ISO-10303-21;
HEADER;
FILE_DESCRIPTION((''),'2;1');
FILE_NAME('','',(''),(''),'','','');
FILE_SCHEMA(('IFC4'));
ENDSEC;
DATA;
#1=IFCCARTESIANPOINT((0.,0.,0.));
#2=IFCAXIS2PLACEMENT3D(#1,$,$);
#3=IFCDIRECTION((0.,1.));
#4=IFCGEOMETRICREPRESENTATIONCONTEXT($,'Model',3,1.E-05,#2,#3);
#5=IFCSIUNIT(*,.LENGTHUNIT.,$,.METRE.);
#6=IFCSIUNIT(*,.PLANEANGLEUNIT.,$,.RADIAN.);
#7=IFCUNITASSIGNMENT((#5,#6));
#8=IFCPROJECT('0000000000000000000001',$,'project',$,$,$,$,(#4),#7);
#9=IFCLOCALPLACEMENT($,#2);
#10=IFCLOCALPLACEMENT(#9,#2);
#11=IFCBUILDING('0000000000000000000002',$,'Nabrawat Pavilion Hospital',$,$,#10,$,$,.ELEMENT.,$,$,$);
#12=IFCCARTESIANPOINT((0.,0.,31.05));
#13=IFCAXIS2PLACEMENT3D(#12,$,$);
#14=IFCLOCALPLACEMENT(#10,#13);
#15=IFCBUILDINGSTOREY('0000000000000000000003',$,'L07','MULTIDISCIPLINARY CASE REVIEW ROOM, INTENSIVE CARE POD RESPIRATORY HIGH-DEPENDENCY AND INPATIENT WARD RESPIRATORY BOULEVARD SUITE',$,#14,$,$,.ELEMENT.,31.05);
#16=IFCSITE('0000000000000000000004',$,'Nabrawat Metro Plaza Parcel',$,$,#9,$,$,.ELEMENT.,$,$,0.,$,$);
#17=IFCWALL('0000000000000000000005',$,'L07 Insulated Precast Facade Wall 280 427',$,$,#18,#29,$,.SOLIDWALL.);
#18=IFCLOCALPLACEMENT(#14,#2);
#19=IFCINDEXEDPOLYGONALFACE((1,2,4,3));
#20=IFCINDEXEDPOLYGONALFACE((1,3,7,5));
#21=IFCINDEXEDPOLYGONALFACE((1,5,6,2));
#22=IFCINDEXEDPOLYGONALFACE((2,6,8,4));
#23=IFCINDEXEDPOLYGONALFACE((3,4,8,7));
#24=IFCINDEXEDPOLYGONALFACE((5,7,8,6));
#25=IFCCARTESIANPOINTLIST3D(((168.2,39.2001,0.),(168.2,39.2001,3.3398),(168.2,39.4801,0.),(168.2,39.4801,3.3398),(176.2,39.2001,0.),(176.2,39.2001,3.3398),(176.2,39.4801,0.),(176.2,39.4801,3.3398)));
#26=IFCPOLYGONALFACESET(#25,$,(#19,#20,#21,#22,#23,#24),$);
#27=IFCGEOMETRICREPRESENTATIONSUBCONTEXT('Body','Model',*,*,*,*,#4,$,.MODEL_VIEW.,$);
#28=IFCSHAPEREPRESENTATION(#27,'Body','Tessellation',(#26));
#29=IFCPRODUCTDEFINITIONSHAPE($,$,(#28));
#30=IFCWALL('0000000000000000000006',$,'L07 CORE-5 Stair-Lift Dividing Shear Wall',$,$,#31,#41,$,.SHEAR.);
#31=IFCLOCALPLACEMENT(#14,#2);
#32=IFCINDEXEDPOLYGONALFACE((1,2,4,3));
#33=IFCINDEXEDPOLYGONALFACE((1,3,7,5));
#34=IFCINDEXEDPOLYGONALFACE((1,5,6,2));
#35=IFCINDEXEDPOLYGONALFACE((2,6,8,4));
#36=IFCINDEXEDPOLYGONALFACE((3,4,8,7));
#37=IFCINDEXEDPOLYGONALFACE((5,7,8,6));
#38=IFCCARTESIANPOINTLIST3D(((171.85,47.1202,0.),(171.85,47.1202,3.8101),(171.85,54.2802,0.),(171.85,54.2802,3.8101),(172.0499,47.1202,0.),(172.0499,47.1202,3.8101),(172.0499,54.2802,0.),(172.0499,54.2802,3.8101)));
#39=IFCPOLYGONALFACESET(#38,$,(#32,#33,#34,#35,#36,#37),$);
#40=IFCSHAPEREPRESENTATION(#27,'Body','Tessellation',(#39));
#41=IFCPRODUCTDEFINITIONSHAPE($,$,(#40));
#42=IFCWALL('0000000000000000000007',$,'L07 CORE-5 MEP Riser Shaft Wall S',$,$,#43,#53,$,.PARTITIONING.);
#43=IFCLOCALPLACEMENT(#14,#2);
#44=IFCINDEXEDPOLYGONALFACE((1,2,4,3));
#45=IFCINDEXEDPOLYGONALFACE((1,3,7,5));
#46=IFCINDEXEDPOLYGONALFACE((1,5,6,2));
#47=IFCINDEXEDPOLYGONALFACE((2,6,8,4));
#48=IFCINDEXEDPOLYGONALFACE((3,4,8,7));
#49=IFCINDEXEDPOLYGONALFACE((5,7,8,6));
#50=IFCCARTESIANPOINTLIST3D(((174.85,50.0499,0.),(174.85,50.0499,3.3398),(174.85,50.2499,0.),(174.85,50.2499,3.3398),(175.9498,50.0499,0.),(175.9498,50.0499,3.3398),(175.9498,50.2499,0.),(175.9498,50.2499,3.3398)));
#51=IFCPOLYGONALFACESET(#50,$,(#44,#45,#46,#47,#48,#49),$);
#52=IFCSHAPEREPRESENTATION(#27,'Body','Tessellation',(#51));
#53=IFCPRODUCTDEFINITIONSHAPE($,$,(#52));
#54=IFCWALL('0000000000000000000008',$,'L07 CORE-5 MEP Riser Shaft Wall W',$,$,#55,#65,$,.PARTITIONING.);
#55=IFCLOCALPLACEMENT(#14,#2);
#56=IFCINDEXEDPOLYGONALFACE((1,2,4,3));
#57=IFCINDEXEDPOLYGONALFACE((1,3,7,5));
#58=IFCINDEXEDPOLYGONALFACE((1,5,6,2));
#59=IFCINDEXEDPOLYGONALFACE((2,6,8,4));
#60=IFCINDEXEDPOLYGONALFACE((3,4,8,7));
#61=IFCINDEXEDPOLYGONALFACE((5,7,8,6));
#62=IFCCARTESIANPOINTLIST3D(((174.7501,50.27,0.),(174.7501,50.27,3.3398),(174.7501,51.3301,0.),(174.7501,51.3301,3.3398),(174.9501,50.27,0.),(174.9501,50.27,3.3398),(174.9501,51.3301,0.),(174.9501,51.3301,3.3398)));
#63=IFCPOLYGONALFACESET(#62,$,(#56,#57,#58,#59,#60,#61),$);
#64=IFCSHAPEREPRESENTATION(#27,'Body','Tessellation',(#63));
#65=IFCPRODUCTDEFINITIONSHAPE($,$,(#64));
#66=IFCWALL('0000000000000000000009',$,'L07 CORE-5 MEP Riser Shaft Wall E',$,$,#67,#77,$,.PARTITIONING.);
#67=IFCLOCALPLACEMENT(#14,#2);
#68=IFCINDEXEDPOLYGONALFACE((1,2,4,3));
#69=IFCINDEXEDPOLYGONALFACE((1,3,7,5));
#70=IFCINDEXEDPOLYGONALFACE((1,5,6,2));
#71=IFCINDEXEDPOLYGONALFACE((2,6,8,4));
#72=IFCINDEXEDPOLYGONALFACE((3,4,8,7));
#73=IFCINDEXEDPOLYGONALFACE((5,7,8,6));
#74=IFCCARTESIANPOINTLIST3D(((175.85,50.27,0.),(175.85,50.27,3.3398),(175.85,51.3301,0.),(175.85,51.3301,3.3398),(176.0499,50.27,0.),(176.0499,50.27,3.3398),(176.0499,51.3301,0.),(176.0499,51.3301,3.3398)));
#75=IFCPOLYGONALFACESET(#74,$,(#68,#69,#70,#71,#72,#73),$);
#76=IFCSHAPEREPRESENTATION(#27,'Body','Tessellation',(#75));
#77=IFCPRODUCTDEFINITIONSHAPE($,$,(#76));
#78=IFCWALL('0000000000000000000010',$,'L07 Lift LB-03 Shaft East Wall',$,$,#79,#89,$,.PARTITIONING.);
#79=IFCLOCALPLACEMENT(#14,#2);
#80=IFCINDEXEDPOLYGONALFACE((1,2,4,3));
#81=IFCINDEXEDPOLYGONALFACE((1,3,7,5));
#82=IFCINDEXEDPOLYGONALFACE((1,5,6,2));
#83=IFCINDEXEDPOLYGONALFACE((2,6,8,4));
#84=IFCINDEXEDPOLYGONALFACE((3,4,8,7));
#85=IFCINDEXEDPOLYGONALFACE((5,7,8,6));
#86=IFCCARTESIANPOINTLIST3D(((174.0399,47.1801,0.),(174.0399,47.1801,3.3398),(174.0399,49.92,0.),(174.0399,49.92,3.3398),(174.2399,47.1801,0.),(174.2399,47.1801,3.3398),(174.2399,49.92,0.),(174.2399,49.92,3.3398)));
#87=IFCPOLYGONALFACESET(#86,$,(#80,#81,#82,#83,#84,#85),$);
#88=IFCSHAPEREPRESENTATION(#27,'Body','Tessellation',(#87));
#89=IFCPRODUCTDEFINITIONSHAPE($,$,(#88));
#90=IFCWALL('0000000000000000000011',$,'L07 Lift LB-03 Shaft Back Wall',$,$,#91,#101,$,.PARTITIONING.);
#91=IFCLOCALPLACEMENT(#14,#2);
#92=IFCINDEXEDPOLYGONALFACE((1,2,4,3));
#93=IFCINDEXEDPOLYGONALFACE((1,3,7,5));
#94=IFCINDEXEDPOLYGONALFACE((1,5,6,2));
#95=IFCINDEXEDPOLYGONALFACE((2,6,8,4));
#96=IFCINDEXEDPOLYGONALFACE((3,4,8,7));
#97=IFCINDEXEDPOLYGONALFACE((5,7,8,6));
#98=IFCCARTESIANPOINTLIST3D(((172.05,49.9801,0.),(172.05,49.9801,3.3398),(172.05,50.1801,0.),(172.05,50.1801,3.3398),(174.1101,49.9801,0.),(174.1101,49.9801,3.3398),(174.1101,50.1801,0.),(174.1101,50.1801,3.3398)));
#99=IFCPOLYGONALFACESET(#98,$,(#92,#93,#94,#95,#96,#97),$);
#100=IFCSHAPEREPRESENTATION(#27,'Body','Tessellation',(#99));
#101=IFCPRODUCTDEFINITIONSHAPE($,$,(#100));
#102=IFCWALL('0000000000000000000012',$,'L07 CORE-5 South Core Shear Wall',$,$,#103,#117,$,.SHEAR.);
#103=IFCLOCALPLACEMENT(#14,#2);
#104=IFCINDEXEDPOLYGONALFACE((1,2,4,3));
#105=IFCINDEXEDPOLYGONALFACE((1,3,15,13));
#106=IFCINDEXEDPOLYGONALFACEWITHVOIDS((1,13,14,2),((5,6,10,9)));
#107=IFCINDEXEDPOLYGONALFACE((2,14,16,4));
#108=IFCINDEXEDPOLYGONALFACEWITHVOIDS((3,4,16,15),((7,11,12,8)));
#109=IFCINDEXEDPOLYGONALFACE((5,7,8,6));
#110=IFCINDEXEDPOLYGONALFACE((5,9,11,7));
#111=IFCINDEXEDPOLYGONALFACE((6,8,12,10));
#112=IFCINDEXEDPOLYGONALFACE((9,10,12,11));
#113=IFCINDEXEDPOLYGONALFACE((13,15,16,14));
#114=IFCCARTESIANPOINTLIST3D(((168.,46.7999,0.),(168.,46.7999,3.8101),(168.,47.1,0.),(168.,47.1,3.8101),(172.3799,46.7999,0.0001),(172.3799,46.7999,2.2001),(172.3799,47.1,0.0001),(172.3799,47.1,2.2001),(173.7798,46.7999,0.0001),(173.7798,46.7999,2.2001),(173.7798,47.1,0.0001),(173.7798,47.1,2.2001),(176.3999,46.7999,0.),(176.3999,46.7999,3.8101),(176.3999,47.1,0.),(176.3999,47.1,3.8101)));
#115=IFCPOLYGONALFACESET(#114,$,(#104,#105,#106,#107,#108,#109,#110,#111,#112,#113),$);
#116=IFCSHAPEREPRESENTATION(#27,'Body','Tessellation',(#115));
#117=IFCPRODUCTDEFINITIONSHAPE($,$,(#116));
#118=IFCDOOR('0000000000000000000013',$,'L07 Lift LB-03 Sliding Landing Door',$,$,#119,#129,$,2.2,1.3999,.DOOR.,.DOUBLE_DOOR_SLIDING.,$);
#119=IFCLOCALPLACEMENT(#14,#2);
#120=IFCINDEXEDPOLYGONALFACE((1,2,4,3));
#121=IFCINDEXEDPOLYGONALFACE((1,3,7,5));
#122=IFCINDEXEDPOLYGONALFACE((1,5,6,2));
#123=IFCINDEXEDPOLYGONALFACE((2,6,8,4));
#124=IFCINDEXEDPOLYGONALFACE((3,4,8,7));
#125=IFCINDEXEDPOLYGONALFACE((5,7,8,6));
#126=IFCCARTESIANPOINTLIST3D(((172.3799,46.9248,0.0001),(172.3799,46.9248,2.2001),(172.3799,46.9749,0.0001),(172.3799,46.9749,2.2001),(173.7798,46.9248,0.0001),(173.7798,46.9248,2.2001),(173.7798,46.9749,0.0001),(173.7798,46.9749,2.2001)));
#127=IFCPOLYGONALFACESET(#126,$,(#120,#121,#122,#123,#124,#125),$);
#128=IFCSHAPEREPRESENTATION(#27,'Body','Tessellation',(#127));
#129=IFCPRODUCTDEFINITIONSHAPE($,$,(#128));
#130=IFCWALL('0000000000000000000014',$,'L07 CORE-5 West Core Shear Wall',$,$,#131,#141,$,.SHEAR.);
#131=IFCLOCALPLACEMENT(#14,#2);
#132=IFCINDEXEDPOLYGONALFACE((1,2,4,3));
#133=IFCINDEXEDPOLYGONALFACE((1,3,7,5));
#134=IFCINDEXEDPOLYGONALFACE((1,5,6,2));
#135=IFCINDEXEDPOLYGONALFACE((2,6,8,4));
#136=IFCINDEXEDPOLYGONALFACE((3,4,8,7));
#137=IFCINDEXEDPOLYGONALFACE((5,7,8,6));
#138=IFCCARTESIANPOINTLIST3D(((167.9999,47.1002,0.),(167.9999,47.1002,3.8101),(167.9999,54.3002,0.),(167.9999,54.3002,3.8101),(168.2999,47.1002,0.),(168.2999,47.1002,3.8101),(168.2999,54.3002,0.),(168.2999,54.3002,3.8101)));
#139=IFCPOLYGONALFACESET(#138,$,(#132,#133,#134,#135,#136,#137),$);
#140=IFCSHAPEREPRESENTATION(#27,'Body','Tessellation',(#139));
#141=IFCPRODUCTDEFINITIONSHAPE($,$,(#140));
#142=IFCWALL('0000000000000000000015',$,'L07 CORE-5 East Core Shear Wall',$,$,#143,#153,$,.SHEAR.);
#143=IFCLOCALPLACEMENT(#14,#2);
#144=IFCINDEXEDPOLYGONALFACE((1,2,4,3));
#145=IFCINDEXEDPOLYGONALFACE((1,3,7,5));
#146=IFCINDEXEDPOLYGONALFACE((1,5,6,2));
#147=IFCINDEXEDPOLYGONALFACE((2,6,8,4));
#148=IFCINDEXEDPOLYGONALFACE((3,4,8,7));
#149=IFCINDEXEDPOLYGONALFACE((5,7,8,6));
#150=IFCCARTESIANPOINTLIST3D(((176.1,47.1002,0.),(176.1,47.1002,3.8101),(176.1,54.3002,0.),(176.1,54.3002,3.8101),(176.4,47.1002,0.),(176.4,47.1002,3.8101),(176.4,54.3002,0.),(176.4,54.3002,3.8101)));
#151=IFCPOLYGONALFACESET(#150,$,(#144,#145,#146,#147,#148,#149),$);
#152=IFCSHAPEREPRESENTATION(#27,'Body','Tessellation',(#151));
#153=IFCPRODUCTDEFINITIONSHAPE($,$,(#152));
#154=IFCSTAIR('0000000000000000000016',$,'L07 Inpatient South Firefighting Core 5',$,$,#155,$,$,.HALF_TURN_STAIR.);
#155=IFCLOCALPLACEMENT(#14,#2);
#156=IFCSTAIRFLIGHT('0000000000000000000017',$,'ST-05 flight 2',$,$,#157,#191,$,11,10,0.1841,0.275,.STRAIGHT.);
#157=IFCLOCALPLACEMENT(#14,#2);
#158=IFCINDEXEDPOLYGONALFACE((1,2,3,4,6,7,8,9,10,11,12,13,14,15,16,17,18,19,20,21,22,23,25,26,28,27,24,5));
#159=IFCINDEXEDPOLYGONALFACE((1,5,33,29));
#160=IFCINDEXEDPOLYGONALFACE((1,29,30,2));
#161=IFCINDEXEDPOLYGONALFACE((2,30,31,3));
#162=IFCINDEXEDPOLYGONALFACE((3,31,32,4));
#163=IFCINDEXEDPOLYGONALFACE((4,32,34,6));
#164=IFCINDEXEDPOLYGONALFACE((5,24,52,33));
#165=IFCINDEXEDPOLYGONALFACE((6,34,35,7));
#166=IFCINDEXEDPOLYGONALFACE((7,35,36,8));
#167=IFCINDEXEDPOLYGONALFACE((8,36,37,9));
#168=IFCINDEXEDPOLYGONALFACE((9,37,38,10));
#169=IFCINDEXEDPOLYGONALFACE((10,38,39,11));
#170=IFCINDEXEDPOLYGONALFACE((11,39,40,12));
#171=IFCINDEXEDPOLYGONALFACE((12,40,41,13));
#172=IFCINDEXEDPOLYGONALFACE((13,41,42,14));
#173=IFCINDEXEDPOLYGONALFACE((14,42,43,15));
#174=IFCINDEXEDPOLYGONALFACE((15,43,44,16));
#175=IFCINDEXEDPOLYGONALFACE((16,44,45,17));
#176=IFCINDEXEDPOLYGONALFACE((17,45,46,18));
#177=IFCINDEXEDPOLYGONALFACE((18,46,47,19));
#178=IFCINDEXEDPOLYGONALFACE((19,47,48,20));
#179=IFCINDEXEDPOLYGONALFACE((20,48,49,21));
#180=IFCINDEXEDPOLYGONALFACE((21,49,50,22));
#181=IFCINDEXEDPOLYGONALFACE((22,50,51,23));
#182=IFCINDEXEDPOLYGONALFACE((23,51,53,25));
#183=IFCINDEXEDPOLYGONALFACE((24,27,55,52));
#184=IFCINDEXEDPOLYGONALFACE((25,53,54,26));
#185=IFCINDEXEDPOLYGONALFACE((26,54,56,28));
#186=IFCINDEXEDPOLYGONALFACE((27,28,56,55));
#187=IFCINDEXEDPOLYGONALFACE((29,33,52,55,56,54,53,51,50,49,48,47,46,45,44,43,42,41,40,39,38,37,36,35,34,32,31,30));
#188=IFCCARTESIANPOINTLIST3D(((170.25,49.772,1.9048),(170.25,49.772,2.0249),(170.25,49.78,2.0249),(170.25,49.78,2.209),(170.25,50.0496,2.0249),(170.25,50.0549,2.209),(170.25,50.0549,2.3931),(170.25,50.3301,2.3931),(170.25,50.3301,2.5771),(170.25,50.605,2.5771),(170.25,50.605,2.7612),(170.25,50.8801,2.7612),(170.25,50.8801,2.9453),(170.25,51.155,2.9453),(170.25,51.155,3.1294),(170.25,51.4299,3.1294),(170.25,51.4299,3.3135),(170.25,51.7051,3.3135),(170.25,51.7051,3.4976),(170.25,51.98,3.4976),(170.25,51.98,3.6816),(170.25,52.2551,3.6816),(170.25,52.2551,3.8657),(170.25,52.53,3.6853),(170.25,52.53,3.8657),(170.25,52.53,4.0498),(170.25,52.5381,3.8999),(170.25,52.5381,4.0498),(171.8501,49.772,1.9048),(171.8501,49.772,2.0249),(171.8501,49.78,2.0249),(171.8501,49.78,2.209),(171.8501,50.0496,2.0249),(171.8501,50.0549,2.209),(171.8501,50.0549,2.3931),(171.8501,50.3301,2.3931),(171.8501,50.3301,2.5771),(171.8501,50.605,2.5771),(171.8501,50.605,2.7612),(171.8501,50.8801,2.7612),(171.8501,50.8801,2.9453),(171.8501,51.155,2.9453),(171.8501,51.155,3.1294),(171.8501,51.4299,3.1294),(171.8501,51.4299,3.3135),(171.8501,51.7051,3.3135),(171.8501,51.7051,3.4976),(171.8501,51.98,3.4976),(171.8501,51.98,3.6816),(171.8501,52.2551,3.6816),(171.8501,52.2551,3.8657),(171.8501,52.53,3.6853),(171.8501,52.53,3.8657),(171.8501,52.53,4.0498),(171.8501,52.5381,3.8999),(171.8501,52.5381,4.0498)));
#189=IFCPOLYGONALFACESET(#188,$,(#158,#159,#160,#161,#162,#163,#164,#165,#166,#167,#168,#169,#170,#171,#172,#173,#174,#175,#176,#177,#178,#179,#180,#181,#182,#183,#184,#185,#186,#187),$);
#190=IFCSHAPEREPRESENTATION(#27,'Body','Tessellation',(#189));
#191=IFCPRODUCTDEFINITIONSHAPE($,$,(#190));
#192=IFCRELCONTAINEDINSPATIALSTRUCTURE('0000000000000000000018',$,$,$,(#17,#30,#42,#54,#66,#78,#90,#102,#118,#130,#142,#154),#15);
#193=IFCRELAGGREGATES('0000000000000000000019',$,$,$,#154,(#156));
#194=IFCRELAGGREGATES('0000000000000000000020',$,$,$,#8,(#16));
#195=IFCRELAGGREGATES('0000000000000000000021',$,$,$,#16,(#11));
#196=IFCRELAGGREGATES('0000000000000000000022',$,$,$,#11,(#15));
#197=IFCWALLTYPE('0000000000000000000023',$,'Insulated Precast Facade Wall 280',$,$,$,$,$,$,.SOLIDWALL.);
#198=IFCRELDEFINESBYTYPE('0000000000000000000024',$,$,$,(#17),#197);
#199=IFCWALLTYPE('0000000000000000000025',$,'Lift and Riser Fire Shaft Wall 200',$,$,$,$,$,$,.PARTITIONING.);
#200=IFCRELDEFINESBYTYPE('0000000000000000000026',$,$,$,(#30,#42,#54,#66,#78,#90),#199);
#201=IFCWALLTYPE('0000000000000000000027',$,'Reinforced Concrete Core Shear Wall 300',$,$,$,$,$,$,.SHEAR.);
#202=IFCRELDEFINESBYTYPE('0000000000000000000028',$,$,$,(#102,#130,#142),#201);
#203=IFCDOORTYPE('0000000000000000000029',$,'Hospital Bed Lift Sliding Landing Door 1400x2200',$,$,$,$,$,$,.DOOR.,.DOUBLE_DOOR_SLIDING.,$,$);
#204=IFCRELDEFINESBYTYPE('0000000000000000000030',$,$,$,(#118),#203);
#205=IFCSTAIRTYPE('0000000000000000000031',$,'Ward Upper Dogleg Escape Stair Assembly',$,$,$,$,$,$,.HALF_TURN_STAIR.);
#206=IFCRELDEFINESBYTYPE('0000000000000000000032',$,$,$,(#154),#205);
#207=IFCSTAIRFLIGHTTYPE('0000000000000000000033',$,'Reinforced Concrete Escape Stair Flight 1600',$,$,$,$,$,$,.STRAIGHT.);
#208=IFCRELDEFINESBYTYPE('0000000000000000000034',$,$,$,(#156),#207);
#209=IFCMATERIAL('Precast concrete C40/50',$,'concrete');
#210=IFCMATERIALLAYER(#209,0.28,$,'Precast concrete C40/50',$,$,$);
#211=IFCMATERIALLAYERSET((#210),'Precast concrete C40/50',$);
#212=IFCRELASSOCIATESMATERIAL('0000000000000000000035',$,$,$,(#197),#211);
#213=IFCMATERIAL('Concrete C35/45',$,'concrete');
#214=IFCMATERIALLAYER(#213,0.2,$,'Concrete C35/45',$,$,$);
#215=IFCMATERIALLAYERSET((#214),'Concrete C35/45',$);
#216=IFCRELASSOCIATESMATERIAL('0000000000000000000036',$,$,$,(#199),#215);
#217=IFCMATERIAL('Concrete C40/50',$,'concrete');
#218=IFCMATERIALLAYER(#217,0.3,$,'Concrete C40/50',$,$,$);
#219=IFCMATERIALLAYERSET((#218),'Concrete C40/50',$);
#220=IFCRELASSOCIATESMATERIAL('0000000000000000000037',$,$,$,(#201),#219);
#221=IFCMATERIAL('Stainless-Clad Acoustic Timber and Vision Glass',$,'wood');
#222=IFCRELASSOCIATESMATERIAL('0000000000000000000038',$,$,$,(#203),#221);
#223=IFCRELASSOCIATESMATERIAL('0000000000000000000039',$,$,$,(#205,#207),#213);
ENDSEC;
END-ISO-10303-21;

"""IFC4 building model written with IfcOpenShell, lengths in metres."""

from ifc_helpers import new_model, si_unit, direction, frame, frame_2d, origin, place, context, subcontext, project, spatial, polyline, rectangle, outline, extrude, material, layer, layer_set, type_object, element, fill, aggregate, save


model = new_model("IFC4")

# Units and contexts
model_context = context("Model", 3, precision=1e-05, world=origin(), true_north=direction((0.0, 1.0)))
body_context = subcontext(model_context, "Body", "Model", "MODEL_VIEW")
ifc_project = project(units=[si_unit("LENGTHUNIT", "METRE"), si_unit("PLANEANGLEUNIT", "RADIAN")], contexts=[model_context])

# Site, building, storey
site_placement = place(None, origin())
site = spatial("IfcSite", under=ifc_project, at=site_placement, Name="Nabrawat Metro Plaza Parcel", CompositionType="ELEMENT", RefElevation=0.0)
building_placement = place(site_placement, origin())
building = spatial("IfcBuilding", under=site, at=building_placement, Name="Nabrawat Pavilion Hospital", CompositionType="ELEMENT")
storey_placement = place(building_placement, frame((0.0, 0.0, 31.05)))
storey = spatial("IfcBuildingStorey", under=building, at=storey_placement, Name="L07", Description="MULTIDISCIPLINARY CASE REVIEW ROOM, INTENSIVE CARE POD RESPIRATORY HIGH-DEPENDENCY AND INPATIENT WARD RESPIRATORY BOULEVARD SUITE", CompositionType="ELEMENT", Elevation=31.05)

# Walls
ifc_material_1 = material(Name="Precast concrete C40/50", Category="concrete")
ifc_layer_1 = layer(ifc_material_1, 0.28, Name="Precast concrete C40/50")
ifc_layer_set_1 = layer_set([ifc_layer_1], Name="Precast concrete C40/50")
wall_type_1 = type_object("IfcWallType", Name="Insulated Precast Facade Wall 280", PredefinedType="SOLIDWALL", material=ifc_layer_set_1)
wall_1_placement = place(storey_placement, frame((168.2, 39.3401, 0.0), z_axis=(0.0, 0.0, 1.0), x_axis=(1.0, 0.0, 0.0)))
element("IfcWall", 1, at=wall_1_placement, inside=storey, type_object=wall_type_1, Name="L07 Insulated Precast Facade Wall 280 427", PredefinedType="SOLIDWALL", context=body_context, shape_type="SweptSolid", body=[
    extrude(rectangle(XDim=8.0, YDim=0.28, at=frame_2d((4.0, 0.0))), origin(), (0.0, 0.0, 1.0), 3.3398),
])
ifc_material_2 = material(Name="Concrete C35/45", Category="concrete")
ifc_layer_2 = layer(ifc_material_2, 0.2, Name="Concrete C35/45")
ifc_layer_set_2 = layer_set([ifc_layer_2], Name="Concrete C35/45")
wall_type_2 = type_object("IfcWallType", Name="Lift and Riser Fire Shaft Wall 200", PredefinedType="PARTITIONING", material=ifc_layer_set_2)
wall_2_placement = place(storey_placement, frame((171.95, 47.1201, 0.0), z_axis=(0.0, 0.0, 1.0), x_axis=(0.0, 1.0, 0.0)))
element("IfcWall", 2, at=wall_2_placement, inside=storey, type_object=wall_type_2, Name="L07 CORE-5 Stair-Lift Dividing Shear Wall", PredefinedType="SHEAR", context=body_context, shape_type="SweptSolid", body=[
    extrude(rectangle(XDim=7.1599, YDim=0.2, at=frame_2d((3.5801, 0.0))), origin(), (0.0, 0.0, 1.0), 3.8101),
])
wall_3_placement = place(storey_placement, frame((174.8501, 50.1499, 0.0), z_axis=(0.0, 0.0, 1.0), x_axis=(1.0, 0.0, 0.0)))
element("IfcWall", 3, at=wall_3_placement, inside=storey, type_object=wall_type_2, Name="L07 CORE-5 MEP Riser Shaft Wall S", PredefinedType="PARTITIONING", context=body_context, shape_type="SweptSolid", body=[
    extrude(rectangle(XDim=1.0999, YDim=0.2, at=frame_2d((0.5498, 0.0))), origin(), (0.0, 0.0, 1.0), 3.3398),
])
for number, where, z_axis, x_axis, name in (
    (4, (174.8501, 50.27, 0.0), (0.0, 0.0, 1.0), (0.0, 1.0, 0.0), "L07 CORE-5 MEP Riser Shaft Wall W"),
    (5, (175.95, 50.27, 0.0), (0.0, 0.0, 1.0), (0.0, 1.0, 0.0), "L07 CORE-5 MEP Riser Shaft Wall E"),
):
    element("IfcWall", number, at=place(storey_placement, frame(where, z_axis=z_axis, x_axis=x_axis)), inside=storey, type_object=wall_type_2, Name=name, PredefinedType="PARTITIONING", context=body_context, shape_type="SweptSolid", body=[
        extrude(rectangle(XDim=1.0601, YDim=0.2, at=frame_2d((0.53, 0.0))), origin(), (0.0, 0.0, 1.0), 3.3398),
    ])
wall_4_placement = place(storey_placement, frame((174.1399, 47.1799, 0.0), z_axis=(0.0, 0.0, 1.0), x_axis=(0.0, 1.0, 0.0)))
element("IfcWall", 6, at=wall_4_placement, inside=storey, type_object=wall_type_2, Name="L07 Lift LB-03 Shaft East Wall", PredefinedType="PARTITIONING", context=body_context, shape_type="SweptSolid", body=[
    extrude(rectangle(XDim=2.74, YDim=0.2, at=frame_2d((1.3701, 0.0))), origin(), (0.0, 0.0, 1.0), 3.3398),
])
wall_5_placement = place(storey_placement, frame((172.05, 50.0801, 0.0), z_axis=(0.0, 0.0, 1.0), x_axis=(1.0, 0.0, 0.0)))
element("IfcWall", 7, at=wall_5_placement, inside=storey, type_object=wall_type_2, Name="L07 Lift LB-03 Shaft Back Wall", PredefinedType="PARTITIONING", context=body_context, shape_type="SweptSolid", body=[
    extrude(rectangle(XDim=2.0601, YDim=0.2, at=frame_2d((1.03, 0.0))), origin(), (0.0, 0.0, 1.0), 3.3398),
])

# Wall, opening, door
ifc_material_3 = material(Name="Concrete C40/50", Category="concrete")
ifc_layer_3 = layer(ifc_material_3, 0.3, Name="Concrete C40/50")
ifc_layer_set_3 = layer_set([ifc_layer_3], Name="Concrete C40/50")
wall_type_3 = type_object("IfcWallType", Name="Reinforced Concrete Core Shear Wall 300", PredefinedType="SHEAR", material=ifc_layer_set_3)
wall_6_placement = place(storey_placement, frame((168.0, 46.95, 0.0), z_axis=(0.0, 0.0, 1.0), x_axis=(1.0, 0.0, 0.0)))
wall_6 = element("IfcWall", 8, at=wall_6_placement, inside=storey, type_object=wall_type_3, Name="L07 CORE-5 South Core Shear Wall", PredefinedType="SHEAR", context=body_context, shape_type="SweptSolid", body=[
    extrude(rectangle(XDim=8.3999, YDim=0.3, at=frame_2d((4.2, 0.0))), origin(), (0.0, 0.0, 1.0), 3.8101),
])
opening_placement = place(wall_6_placement, frame((4.3799, 0.0, 0.0)))
opening = element("IfcOpeningElement", 9, at=opening_placement, cuts=wall_6, PredefinedType="OPENING", context=body_context, shape_type="SweptSolid", body=[
    extrude(rectangle(XDim=1.3999, YDim=2.2, at=frame_2d((0.7, 1.1001))), frame((0.0, 0.1602, 0.0), z_axis=(0.0, -1.0, 0.0), x_axis=(1.0, 0.0, 0.0)), (0.0, 0.0, 1.0), 0.3201),
])
ifc_material_4 = material(Name="Stainless-Clad Acoustic Timber and Vision Glass", Category="wood")
door_type = type_object("IfcDoorType", Name="Hospital Bed Lift Sliding Landing Door 1400x2200", OperationType="DOUBLE_DOOR_SLIDING", PredefinedType="DOOR", material=ifc_material_4)
door_placement = place(opening_placement, origin())
door = element("IfcDoor", 10, at=door_placement, inside=storey, type_object=door_type, Name="L07 Lift LB-03 Sliding Landing Door", OperationType="DOUBLE_DOOR_SLIDING", OverallHeight=2.2, OverallWidth=1.3999, PredefinedType="DOOR", context=body_context, shape_type="SweptSolid", body=[
    extrude(rectangle(XDim=1.3999, YDim=2.2, at=frame_2d((0.7, 1.1001))), frame((0.0, 0.0249, 0.0), z_axis=(0.0, -1.0, 0.0), x_axis=(1.0, 0.0, 0.0)), (0.0, 0.0, 1.0), 0.05),
])
fill(opening, door)

# Walls
for number, where, z_axis, x_axis, name in (
    (11, (168.1499, 47.1001, 0.0), (0.0, 0.0, 1.0), (0.0, 1.0, 0.0), "L07 CORE-5 West Core Shear Wall"),
    (12, (176.25, 47.1001, 0.0), (0.0, 0.0, 1.0), (0.0, 1.0, 0.0), "L07 CORE-5 East Core Shear Wall"),
):
    element("IfcWall", number, at=place(storey_placement, frame(where, z_axis=z_axis, x_axis=x_axis)), inside=storey, type_object=wall_type_3, Name=name, PredefinedType="SHEAR", context=body_context, shape_type="SweptSolid", body=[
        extrude(rectangle(XDim=7.2, YDim=0.3, at=frame_2d((3.6001, 0.0))), origin(), (0.0, 0.0, 1.0), 3.8101),
    ])

# Stair, stair flight
stair_type = type_object("IfcStairType", Name="Ward Upper Dogleg Escape Stair Assembly", PredefinedType="HALF_TURN_STAIR", material=ifc_material_2)
stair_placement = place(storey_placement, origin())
stair = element("IfcStair", 13, at=stair_placement, inside=storey, type_object=stair_type, Name="L07 Inpatient South Firefighting Core 5", PredefinedType="HALF_TURN_STAIR")
stair_flight_type = type_object("IfcStairFlightType", Name="Reinforced Concrete Escape Stair Flight 1600", PredefinedType="STRAIGHT", material=ifc_material_2)
stair_flight_placement = place(storey_placement, frame((171.05, 49.78, 2.0249), z_axis=(0.0, 0.0, 1.0), x_axis=(0.0, 1.0, 0.0)))
stair_flight = element("IfcStairFlight", 14, at=stair_flight_placement, type_object=stair_flight_type, Name="ST-05 flight 2", NumberOfRisers=11, NumberOfTreads=10, PredefinedType="STRAIGHT", RiserHeight=0.1841, TreadLength=0.275, context=body_context, shape_type="SweptSolid", body=[
    extrude(outline(polyline([(-0.0081, 0.0), (0.0, 0.0), (0.0, 0.1841), (0.2749, 0.1841), (0.2749, 0.3682), (0.55, 0.3682), (0.55, 0.5522), (0.825, 0.5522), (0.825, 0.7363), (1.1001, 0.7363), (1.1001, 0.9204), (1.375, 0.9204), (1.375, 1.1045), (1.6499, 1.1045), (1.6499, 1.2886), (1.925, 1.2886), (1.925, 1.4727), (2.2, 1.4727), (2.2, 1.6567), (2.4751, 1.6567), (2.4751, 1.8408), (2.75, 1.8408), (2.75, 2.0249), (2.7581, 2.0249), (2.7581, 1.875), (2.75, 1.6604), (0.2695, 0.0), (-0.0081, -0.1201), (-0.0081, 0.0)])), frame((0.0, 0.8, 0.0), z_axis=(0.0, -1.0, 0.0), x_axis=(1.0, 0.0, 0.0)), (0.0, 0.0, 1.0), 1.6001),
])
aggregate(stair, [stair_flight])

save(model, "model.ifc")
